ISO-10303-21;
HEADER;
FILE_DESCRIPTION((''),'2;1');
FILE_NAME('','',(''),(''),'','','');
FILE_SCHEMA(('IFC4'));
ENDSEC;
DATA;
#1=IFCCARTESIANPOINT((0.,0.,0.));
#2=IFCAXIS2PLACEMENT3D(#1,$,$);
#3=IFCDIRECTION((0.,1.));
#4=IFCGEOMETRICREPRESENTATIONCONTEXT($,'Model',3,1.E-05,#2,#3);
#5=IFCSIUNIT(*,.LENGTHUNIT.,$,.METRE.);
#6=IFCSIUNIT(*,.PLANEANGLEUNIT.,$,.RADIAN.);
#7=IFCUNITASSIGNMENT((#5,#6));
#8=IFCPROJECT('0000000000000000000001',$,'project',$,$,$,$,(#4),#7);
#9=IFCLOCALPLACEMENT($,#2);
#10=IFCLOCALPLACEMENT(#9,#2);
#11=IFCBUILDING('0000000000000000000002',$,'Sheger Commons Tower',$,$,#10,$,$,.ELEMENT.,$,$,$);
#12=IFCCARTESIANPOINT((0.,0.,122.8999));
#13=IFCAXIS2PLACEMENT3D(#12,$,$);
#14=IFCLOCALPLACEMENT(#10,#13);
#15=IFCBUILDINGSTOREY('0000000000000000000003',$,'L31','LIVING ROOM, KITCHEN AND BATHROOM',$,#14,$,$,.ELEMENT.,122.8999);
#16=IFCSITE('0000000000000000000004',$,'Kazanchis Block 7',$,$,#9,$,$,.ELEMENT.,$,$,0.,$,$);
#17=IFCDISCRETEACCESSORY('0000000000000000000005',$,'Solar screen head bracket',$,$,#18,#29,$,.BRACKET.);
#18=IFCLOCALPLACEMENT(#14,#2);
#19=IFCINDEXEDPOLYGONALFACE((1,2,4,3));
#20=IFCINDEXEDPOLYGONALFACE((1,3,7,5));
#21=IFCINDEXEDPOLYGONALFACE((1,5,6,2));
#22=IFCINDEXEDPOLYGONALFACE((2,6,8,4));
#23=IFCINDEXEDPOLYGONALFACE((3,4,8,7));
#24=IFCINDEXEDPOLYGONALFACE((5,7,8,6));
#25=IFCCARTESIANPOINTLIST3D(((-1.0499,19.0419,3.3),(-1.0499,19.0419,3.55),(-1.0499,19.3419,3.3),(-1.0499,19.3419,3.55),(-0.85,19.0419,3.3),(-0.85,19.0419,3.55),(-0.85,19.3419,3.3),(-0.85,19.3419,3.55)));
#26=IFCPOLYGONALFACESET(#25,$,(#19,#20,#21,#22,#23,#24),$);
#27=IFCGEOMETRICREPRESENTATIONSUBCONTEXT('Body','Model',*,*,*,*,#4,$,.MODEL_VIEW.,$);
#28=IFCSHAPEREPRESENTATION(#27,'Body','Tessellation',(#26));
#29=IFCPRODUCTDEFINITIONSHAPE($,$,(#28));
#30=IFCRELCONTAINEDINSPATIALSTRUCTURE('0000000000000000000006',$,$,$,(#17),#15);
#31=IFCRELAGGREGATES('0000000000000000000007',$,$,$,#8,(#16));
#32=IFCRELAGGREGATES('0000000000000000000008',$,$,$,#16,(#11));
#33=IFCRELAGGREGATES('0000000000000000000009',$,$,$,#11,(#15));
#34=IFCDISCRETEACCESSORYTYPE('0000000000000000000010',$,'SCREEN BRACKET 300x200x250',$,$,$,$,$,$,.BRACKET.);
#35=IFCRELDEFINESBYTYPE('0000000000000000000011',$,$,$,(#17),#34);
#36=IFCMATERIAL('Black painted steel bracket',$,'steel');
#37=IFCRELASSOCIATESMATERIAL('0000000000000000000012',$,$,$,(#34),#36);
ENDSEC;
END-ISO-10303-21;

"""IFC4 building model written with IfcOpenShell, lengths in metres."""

from ifc_helpers import new_model, si_unit, direction, frame, origin, origin_2d, place, context, subcontext, project, spatial, rectangle, extrude, material, type_object, element, save


model = new_model("IFC4")

# Units and contexts
model_context = context("Model", 3, precision=1e-05, world=origin(), true_north=direction((0.0, 1.0)))
body_context = subcontext(model_context, "Body", "Model", "MODEL_VIEW")
ifc_project = project(units=[si_unit("LENGTHUNIT", "METRE"), si_unit("PLANEANGLEUNIT", "RADIAN")], contexts=[model_context])

# Site, building, storey
site_placement = place(None, origin())
site = spatial("IfcSite", under=ifc_project, at=site_placement, Name="Kazanchis Block 7", CompositionType="ELEMENT", RefElevation=0.0)
building_placement = place(site_placement, origin())
building = spatial("IfcBuilding", under=site, at=building_placement, Name="Sheger Commons Tower", CompositionType="ELEMENT")
storey_placement = place(building_placement, frame((0.0, 0.0, 122.8999)))
storey = spatial("IfcBuildingStorey", under=building, at=storey_placement, Name="L31", Description="LIVING ROOM, KITCHEN AND BATHROOM", CompositionType="ELEMENT", Elevation=122.8999)

# Discrete accessory
ifc_material_1 = material(Name="Black painted steel bracket", Category="steel")
discrete_accessory_type = type_object("IfcDiscreteAccessoryType", Name="SCREEN BRACKET 300x200x250", PredefinedType="BRACKET", material=ifc_material_1)
for number, where, z_axis, x_axis, name in (
    (1, (-0.95, 19.1919, 3.3), (0.0, 0.0, 1.0), (0.0, -1.0, 0.0), "Solar screen head bracket"),
):
    element("IfcDiscreteAccessory", number, at=place(storey_placement, frame(where, z_axis=z_axis, x_axis=x_axis)), inside=storey, type_object=discrete_accessory_type, Name=name, PredefinedType="BRACKET", context=body_context, shape_type="SweptSolid", body=[
        extrude(rectangle(XDim=0.3, YDim=0.2, at=origin_2d()), origin(), (0.0, 0.0, 1.0), 0.25),
    ])

save(model, "model.ifc")
